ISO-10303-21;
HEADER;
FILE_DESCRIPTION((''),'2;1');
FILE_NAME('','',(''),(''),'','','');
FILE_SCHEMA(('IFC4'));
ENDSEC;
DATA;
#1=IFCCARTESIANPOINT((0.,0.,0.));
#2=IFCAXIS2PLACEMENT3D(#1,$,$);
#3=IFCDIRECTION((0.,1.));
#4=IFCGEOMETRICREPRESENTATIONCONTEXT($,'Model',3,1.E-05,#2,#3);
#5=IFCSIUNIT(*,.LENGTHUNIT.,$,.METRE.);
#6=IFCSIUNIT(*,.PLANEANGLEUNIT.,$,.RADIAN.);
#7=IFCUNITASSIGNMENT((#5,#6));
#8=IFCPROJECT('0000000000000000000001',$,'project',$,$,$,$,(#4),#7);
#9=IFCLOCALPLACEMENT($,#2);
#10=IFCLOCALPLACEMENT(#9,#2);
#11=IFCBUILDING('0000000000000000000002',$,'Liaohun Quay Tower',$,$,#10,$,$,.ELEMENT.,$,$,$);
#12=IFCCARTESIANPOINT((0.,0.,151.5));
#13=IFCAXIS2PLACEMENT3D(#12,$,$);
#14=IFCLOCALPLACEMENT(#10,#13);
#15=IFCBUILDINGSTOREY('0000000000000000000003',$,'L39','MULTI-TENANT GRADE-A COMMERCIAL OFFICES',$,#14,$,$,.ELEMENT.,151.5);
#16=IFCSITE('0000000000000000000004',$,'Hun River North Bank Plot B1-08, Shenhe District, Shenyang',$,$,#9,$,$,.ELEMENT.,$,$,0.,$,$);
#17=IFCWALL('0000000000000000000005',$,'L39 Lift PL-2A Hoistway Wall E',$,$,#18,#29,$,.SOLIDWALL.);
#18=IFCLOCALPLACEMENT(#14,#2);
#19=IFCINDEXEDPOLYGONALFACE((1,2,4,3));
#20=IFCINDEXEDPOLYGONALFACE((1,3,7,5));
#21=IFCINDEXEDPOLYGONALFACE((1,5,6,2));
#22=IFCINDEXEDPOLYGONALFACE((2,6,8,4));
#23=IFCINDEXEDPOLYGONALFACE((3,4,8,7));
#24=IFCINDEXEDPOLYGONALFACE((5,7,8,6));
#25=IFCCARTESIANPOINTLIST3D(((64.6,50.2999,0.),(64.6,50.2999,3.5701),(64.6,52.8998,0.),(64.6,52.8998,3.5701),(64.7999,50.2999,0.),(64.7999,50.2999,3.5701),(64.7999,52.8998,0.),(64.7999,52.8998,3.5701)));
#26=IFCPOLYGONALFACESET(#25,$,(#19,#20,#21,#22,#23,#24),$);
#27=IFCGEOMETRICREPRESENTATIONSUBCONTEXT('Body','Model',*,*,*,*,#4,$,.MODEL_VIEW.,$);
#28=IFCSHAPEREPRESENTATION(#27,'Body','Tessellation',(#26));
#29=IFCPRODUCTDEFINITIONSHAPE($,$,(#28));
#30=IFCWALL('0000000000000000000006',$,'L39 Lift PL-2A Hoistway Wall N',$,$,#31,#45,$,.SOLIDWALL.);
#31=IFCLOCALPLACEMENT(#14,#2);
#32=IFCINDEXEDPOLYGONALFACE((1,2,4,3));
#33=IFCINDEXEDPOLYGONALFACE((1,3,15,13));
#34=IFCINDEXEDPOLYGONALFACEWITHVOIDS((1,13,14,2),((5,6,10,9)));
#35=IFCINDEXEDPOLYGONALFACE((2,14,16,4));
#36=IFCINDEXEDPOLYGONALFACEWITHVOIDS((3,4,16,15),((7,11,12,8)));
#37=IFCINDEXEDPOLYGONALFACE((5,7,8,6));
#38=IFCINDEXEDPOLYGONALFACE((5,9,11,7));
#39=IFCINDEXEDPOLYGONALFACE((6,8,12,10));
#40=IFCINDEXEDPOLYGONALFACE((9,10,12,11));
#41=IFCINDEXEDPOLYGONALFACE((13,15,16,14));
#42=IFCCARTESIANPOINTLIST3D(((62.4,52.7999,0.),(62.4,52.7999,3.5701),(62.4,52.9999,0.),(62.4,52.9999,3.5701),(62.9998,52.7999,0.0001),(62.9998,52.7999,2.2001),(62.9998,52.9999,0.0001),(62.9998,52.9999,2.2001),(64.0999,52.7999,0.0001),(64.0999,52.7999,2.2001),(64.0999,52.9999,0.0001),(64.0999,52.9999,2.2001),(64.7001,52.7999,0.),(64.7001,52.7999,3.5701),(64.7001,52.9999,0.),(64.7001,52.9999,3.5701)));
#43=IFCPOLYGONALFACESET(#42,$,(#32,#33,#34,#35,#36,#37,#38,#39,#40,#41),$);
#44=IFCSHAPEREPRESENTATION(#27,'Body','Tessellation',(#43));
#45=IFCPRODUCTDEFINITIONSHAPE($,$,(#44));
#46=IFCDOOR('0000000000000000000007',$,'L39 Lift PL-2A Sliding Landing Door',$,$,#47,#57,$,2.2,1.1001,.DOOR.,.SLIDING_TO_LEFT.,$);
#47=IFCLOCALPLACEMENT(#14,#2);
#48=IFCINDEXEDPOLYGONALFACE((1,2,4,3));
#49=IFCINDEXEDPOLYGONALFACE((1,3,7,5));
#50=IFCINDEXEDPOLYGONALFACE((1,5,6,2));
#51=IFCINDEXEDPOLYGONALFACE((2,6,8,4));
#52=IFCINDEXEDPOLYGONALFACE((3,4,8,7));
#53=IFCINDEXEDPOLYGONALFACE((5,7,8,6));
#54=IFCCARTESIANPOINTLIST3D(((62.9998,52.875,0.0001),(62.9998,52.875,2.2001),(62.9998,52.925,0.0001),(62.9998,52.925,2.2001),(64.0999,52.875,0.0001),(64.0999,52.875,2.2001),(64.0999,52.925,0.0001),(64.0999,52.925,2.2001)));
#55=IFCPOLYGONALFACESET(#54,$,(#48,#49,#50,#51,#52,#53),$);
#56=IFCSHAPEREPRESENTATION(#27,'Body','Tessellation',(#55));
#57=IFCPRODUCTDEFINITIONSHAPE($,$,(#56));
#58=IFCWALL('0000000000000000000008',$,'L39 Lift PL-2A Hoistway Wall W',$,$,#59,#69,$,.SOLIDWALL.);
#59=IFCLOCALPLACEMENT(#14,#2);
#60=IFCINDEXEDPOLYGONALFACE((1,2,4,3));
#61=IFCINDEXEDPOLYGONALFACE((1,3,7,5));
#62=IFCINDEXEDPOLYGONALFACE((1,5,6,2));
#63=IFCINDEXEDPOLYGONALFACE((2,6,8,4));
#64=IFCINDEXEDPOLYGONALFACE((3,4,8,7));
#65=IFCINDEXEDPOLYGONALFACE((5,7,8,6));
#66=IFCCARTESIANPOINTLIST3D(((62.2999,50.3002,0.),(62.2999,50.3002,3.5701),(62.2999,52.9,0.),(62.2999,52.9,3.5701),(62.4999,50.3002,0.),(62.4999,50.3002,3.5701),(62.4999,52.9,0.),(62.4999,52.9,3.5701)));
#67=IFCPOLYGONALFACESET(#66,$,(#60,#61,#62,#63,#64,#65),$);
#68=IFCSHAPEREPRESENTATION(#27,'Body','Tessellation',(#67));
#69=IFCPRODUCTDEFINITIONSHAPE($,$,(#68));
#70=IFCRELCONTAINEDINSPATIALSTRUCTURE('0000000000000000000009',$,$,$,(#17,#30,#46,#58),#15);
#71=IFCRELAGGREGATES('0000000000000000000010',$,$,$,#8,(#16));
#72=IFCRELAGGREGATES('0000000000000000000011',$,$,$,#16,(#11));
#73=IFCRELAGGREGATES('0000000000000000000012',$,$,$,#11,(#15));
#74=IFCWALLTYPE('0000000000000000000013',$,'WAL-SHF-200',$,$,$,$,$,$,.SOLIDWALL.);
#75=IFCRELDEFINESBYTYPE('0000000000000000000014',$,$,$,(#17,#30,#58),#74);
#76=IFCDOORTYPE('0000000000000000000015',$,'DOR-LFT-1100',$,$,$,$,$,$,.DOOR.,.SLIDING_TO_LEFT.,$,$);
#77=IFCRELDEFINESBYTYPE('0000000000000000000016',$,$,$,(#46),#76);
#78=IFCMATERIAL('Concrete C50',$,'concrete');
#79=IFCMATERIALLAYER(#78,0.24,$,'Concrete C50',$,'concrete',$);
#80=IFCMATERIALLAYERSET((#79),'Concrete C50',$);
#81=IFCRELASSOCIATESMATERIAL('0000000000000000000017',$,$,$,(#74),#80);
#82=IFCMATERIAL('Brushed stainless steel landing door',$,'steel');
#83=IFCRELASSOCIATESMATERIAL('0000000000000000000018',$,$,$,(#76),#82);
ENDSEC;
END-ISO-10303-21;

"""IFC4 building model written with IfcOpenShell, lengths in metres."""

from ifc_helpers import new_model, si_unit, direction, frame, frame_2d, origin, place, context, subcontext, project, spatial, rectangle, extrude, source, transform, mapped, material, layer, layer_set, type_object, element, fill, save


model = new_model("IFC4")

# Units and contexts
model_context = context("Model", 3, precision=1e-05, world=origin(), true_north=direction((0.0, 1.0)))
body_context = subcontext(model_context, "Body", "Model", "MODEL_VIEW")
ifc_project = project(units=[si_unit("LENGTHUNIT", "METRE"), si_unit("PLANEANGLEUNIT", "RADIAN")], contexts=[model_context])

# Site, building, storey
site_placement = place(None, origin())
site = spatial("IfcSite", under=ifc_project, at=site_placement, Name="Hun River North Bank Plot B1-08, Shenhe District, Shenyang", CompositionType="ELEMENT", RefElevation=0.0)
building_placement = place(site_placement, origin())
building = spatial("IfcBuilding", under=site, at=building_placement, Name="Liaohun Quay Tower", CompositionType="ELEMENT")
storey_placement = place(building_placement, frame((0.0, 0.0, 151.5)))
storey = spatial("IfcBuildingStorey", under=building, at=storey_placement, Name="L39", Description="MULTI-TENANT GRADE-A COMMERCIAL OFFICES", CompositionType="ELEMENT", Elevation=151.5)

# Shared definitions
ifc_material_1 = material(Name="Concrete C50", Category="concrete")
ifc_layer_1 = layer(ifc_material_1, 0.24, Name="Concrete C50", Category="concrete")
ifc_layer_set_1 = layer_set([ifc_layer_1], Name="Concrete C50")
wall_type_1 = type_object("IfcWallType", Name="WAL-SHF-200", PredefinedType="SOLIDWALL", material=ifc_layer_set_1)

# Wall
wall_1_placement = place(storey_placement, frame((64.7, 50.3, 0.0), z_axis=(0.0, 0.0, 1.0), x_axis=(0.0, 1.0, 0.0)))
element("IfcWall", 1, at=wall_1_placement, inside=storey, type_object=wall_type_1, Name="L39 Lift PL-2A Hoistway Wall E", PredefinedType="SOLIDWALL", context=body_context, shape_type="SweptSolid", body=[
    extrude(rectangle(XDim=2.5999, YDim=0.2, at=frame_2d((1.2998, 0.0))), origin(), (0.0, 0.0, 1.0), 3.5701),
])

# Wall, opening, door
wall_2_placement = place(storey_placement, frame((64.7, 52.8999, 0.0), z_axis=(0.0, 0.0, 1.0), x_axis=(-1.0, 0.0, 0.0)))
wall_2 = element("IfcWall", 2, at=wall_2_placement, inside=storey, type_object=wall_type_1, Name="L39 Lift PL-2A Hoistway Wall N", PredefinedType="SOLIDWALL", context=body_context, shape_type="SweptSolid", body=[
    extrude(rectangle(XDim=2.3, YDim=0.2, at=frame_2d((1.1499, 0.0))), origin(), (0.0, 0.0, 1.0), 3.5701),
])
shared_shape_1 = source(origin(), body_context, "Body", "SweptSolid", [
    extrude(rectangle(XDim=1.1001, YDim=2.2, at=frame_2d((0.55, 1.1001))), frame((0.0, 0.1099, 0.0), z_axis=(0.0, -1.0, 0.0), x_axis=(1.0, 0.0, 0.0)), (0.0, 0.0, 1.0), 0.22),
])
opening_1_placement = place(wall_2_placement, frame((0.6001, 0.0, 0.0)))
opening_1 = element("IfcOpeningElement", 3, at=opening_1_placement, cuts=wall_2, PredefinedType="OPENING", context=body_context, shape_type="MappedRepresentation", body=[
    mapped(shared_shape_1, transform((0.0, 0.0, 0.0), x_axis=(1.0, 0.0, 0.0), y_axis=(0.0, 1.0, 0.0), z_axis=(0.0, 0.0, 1.0), scale=1.0)),
])
ifc_material_2 = material(Name="Brushed stainless steel landing door", Category="steel")
door_type_1 = type_object("IfcDoorType", Name="DOR-LFT-1100", OperationType="SLIDING_TO_LEFT", PredefinedType="DOOR", material=ifc_material_2)
shared_shape_2 = source(origin(), body_context, "Body", "SweptSolid", [
    extrude(rectangle(XDim=1.1001, YDim=2.2, at=frame_2d((0.55, 1.1001))), frame((0.0, 0.0249, 0.0), z_axis=(0.0, -1.0, 0.0), x_axis=(1.0, 0.0, 0.0)), (0.0, 0.0, 1.0), 0.05),
])
door_1_placement = place(opening_1_placement, origin())
door_1 = element("IfcDoor", 4, at=door_1_placement, inside=storey, type_object=door_type_1, Name="L39 Lift PL-2A Sliding Landing Door", OperationType="SLIDING_TO_LEFT", OverallHeight=2.2, OverallWidth=1.1001, PredefinedType="DOOR", context=body_context, shape_type="MappedRepresentation", body=[
    mapped(shared_shape_2, transform((0.0, 0.0, 0.0), x_axis=(1.0, 0.0, 0.0), y_axis=(0.0, 1.0, 0.0), z_axis=(0.0, 0.0, 1.0), scale=1.0)),
])
fill(opening_1, door_1)

# Wall
wall_3_placement = place(storey_placement, frame((62.3999, 52.8999, 0.0), z_axis=(0.0, 0.0, 1.0), x_axis=(0.0, -1.0, 0.0)))
element("IfcWall", 5, at=wall_3_placement, inside=storey, type_object=wall_type_1, Name="L39 Lift PL-2A Hoistway Wall W", PredefinedType="SOLIDWALL", context=body_context, shape_type="SweptSolid", body=[
    extrude(rectangle(XDim=2.5999, YDim=0.2, at=frame_2d((1.2998, 0.0))), origin(), (0.0, 0.0, 1.0), 3.5701),
])

save(model, "model.ifc")
